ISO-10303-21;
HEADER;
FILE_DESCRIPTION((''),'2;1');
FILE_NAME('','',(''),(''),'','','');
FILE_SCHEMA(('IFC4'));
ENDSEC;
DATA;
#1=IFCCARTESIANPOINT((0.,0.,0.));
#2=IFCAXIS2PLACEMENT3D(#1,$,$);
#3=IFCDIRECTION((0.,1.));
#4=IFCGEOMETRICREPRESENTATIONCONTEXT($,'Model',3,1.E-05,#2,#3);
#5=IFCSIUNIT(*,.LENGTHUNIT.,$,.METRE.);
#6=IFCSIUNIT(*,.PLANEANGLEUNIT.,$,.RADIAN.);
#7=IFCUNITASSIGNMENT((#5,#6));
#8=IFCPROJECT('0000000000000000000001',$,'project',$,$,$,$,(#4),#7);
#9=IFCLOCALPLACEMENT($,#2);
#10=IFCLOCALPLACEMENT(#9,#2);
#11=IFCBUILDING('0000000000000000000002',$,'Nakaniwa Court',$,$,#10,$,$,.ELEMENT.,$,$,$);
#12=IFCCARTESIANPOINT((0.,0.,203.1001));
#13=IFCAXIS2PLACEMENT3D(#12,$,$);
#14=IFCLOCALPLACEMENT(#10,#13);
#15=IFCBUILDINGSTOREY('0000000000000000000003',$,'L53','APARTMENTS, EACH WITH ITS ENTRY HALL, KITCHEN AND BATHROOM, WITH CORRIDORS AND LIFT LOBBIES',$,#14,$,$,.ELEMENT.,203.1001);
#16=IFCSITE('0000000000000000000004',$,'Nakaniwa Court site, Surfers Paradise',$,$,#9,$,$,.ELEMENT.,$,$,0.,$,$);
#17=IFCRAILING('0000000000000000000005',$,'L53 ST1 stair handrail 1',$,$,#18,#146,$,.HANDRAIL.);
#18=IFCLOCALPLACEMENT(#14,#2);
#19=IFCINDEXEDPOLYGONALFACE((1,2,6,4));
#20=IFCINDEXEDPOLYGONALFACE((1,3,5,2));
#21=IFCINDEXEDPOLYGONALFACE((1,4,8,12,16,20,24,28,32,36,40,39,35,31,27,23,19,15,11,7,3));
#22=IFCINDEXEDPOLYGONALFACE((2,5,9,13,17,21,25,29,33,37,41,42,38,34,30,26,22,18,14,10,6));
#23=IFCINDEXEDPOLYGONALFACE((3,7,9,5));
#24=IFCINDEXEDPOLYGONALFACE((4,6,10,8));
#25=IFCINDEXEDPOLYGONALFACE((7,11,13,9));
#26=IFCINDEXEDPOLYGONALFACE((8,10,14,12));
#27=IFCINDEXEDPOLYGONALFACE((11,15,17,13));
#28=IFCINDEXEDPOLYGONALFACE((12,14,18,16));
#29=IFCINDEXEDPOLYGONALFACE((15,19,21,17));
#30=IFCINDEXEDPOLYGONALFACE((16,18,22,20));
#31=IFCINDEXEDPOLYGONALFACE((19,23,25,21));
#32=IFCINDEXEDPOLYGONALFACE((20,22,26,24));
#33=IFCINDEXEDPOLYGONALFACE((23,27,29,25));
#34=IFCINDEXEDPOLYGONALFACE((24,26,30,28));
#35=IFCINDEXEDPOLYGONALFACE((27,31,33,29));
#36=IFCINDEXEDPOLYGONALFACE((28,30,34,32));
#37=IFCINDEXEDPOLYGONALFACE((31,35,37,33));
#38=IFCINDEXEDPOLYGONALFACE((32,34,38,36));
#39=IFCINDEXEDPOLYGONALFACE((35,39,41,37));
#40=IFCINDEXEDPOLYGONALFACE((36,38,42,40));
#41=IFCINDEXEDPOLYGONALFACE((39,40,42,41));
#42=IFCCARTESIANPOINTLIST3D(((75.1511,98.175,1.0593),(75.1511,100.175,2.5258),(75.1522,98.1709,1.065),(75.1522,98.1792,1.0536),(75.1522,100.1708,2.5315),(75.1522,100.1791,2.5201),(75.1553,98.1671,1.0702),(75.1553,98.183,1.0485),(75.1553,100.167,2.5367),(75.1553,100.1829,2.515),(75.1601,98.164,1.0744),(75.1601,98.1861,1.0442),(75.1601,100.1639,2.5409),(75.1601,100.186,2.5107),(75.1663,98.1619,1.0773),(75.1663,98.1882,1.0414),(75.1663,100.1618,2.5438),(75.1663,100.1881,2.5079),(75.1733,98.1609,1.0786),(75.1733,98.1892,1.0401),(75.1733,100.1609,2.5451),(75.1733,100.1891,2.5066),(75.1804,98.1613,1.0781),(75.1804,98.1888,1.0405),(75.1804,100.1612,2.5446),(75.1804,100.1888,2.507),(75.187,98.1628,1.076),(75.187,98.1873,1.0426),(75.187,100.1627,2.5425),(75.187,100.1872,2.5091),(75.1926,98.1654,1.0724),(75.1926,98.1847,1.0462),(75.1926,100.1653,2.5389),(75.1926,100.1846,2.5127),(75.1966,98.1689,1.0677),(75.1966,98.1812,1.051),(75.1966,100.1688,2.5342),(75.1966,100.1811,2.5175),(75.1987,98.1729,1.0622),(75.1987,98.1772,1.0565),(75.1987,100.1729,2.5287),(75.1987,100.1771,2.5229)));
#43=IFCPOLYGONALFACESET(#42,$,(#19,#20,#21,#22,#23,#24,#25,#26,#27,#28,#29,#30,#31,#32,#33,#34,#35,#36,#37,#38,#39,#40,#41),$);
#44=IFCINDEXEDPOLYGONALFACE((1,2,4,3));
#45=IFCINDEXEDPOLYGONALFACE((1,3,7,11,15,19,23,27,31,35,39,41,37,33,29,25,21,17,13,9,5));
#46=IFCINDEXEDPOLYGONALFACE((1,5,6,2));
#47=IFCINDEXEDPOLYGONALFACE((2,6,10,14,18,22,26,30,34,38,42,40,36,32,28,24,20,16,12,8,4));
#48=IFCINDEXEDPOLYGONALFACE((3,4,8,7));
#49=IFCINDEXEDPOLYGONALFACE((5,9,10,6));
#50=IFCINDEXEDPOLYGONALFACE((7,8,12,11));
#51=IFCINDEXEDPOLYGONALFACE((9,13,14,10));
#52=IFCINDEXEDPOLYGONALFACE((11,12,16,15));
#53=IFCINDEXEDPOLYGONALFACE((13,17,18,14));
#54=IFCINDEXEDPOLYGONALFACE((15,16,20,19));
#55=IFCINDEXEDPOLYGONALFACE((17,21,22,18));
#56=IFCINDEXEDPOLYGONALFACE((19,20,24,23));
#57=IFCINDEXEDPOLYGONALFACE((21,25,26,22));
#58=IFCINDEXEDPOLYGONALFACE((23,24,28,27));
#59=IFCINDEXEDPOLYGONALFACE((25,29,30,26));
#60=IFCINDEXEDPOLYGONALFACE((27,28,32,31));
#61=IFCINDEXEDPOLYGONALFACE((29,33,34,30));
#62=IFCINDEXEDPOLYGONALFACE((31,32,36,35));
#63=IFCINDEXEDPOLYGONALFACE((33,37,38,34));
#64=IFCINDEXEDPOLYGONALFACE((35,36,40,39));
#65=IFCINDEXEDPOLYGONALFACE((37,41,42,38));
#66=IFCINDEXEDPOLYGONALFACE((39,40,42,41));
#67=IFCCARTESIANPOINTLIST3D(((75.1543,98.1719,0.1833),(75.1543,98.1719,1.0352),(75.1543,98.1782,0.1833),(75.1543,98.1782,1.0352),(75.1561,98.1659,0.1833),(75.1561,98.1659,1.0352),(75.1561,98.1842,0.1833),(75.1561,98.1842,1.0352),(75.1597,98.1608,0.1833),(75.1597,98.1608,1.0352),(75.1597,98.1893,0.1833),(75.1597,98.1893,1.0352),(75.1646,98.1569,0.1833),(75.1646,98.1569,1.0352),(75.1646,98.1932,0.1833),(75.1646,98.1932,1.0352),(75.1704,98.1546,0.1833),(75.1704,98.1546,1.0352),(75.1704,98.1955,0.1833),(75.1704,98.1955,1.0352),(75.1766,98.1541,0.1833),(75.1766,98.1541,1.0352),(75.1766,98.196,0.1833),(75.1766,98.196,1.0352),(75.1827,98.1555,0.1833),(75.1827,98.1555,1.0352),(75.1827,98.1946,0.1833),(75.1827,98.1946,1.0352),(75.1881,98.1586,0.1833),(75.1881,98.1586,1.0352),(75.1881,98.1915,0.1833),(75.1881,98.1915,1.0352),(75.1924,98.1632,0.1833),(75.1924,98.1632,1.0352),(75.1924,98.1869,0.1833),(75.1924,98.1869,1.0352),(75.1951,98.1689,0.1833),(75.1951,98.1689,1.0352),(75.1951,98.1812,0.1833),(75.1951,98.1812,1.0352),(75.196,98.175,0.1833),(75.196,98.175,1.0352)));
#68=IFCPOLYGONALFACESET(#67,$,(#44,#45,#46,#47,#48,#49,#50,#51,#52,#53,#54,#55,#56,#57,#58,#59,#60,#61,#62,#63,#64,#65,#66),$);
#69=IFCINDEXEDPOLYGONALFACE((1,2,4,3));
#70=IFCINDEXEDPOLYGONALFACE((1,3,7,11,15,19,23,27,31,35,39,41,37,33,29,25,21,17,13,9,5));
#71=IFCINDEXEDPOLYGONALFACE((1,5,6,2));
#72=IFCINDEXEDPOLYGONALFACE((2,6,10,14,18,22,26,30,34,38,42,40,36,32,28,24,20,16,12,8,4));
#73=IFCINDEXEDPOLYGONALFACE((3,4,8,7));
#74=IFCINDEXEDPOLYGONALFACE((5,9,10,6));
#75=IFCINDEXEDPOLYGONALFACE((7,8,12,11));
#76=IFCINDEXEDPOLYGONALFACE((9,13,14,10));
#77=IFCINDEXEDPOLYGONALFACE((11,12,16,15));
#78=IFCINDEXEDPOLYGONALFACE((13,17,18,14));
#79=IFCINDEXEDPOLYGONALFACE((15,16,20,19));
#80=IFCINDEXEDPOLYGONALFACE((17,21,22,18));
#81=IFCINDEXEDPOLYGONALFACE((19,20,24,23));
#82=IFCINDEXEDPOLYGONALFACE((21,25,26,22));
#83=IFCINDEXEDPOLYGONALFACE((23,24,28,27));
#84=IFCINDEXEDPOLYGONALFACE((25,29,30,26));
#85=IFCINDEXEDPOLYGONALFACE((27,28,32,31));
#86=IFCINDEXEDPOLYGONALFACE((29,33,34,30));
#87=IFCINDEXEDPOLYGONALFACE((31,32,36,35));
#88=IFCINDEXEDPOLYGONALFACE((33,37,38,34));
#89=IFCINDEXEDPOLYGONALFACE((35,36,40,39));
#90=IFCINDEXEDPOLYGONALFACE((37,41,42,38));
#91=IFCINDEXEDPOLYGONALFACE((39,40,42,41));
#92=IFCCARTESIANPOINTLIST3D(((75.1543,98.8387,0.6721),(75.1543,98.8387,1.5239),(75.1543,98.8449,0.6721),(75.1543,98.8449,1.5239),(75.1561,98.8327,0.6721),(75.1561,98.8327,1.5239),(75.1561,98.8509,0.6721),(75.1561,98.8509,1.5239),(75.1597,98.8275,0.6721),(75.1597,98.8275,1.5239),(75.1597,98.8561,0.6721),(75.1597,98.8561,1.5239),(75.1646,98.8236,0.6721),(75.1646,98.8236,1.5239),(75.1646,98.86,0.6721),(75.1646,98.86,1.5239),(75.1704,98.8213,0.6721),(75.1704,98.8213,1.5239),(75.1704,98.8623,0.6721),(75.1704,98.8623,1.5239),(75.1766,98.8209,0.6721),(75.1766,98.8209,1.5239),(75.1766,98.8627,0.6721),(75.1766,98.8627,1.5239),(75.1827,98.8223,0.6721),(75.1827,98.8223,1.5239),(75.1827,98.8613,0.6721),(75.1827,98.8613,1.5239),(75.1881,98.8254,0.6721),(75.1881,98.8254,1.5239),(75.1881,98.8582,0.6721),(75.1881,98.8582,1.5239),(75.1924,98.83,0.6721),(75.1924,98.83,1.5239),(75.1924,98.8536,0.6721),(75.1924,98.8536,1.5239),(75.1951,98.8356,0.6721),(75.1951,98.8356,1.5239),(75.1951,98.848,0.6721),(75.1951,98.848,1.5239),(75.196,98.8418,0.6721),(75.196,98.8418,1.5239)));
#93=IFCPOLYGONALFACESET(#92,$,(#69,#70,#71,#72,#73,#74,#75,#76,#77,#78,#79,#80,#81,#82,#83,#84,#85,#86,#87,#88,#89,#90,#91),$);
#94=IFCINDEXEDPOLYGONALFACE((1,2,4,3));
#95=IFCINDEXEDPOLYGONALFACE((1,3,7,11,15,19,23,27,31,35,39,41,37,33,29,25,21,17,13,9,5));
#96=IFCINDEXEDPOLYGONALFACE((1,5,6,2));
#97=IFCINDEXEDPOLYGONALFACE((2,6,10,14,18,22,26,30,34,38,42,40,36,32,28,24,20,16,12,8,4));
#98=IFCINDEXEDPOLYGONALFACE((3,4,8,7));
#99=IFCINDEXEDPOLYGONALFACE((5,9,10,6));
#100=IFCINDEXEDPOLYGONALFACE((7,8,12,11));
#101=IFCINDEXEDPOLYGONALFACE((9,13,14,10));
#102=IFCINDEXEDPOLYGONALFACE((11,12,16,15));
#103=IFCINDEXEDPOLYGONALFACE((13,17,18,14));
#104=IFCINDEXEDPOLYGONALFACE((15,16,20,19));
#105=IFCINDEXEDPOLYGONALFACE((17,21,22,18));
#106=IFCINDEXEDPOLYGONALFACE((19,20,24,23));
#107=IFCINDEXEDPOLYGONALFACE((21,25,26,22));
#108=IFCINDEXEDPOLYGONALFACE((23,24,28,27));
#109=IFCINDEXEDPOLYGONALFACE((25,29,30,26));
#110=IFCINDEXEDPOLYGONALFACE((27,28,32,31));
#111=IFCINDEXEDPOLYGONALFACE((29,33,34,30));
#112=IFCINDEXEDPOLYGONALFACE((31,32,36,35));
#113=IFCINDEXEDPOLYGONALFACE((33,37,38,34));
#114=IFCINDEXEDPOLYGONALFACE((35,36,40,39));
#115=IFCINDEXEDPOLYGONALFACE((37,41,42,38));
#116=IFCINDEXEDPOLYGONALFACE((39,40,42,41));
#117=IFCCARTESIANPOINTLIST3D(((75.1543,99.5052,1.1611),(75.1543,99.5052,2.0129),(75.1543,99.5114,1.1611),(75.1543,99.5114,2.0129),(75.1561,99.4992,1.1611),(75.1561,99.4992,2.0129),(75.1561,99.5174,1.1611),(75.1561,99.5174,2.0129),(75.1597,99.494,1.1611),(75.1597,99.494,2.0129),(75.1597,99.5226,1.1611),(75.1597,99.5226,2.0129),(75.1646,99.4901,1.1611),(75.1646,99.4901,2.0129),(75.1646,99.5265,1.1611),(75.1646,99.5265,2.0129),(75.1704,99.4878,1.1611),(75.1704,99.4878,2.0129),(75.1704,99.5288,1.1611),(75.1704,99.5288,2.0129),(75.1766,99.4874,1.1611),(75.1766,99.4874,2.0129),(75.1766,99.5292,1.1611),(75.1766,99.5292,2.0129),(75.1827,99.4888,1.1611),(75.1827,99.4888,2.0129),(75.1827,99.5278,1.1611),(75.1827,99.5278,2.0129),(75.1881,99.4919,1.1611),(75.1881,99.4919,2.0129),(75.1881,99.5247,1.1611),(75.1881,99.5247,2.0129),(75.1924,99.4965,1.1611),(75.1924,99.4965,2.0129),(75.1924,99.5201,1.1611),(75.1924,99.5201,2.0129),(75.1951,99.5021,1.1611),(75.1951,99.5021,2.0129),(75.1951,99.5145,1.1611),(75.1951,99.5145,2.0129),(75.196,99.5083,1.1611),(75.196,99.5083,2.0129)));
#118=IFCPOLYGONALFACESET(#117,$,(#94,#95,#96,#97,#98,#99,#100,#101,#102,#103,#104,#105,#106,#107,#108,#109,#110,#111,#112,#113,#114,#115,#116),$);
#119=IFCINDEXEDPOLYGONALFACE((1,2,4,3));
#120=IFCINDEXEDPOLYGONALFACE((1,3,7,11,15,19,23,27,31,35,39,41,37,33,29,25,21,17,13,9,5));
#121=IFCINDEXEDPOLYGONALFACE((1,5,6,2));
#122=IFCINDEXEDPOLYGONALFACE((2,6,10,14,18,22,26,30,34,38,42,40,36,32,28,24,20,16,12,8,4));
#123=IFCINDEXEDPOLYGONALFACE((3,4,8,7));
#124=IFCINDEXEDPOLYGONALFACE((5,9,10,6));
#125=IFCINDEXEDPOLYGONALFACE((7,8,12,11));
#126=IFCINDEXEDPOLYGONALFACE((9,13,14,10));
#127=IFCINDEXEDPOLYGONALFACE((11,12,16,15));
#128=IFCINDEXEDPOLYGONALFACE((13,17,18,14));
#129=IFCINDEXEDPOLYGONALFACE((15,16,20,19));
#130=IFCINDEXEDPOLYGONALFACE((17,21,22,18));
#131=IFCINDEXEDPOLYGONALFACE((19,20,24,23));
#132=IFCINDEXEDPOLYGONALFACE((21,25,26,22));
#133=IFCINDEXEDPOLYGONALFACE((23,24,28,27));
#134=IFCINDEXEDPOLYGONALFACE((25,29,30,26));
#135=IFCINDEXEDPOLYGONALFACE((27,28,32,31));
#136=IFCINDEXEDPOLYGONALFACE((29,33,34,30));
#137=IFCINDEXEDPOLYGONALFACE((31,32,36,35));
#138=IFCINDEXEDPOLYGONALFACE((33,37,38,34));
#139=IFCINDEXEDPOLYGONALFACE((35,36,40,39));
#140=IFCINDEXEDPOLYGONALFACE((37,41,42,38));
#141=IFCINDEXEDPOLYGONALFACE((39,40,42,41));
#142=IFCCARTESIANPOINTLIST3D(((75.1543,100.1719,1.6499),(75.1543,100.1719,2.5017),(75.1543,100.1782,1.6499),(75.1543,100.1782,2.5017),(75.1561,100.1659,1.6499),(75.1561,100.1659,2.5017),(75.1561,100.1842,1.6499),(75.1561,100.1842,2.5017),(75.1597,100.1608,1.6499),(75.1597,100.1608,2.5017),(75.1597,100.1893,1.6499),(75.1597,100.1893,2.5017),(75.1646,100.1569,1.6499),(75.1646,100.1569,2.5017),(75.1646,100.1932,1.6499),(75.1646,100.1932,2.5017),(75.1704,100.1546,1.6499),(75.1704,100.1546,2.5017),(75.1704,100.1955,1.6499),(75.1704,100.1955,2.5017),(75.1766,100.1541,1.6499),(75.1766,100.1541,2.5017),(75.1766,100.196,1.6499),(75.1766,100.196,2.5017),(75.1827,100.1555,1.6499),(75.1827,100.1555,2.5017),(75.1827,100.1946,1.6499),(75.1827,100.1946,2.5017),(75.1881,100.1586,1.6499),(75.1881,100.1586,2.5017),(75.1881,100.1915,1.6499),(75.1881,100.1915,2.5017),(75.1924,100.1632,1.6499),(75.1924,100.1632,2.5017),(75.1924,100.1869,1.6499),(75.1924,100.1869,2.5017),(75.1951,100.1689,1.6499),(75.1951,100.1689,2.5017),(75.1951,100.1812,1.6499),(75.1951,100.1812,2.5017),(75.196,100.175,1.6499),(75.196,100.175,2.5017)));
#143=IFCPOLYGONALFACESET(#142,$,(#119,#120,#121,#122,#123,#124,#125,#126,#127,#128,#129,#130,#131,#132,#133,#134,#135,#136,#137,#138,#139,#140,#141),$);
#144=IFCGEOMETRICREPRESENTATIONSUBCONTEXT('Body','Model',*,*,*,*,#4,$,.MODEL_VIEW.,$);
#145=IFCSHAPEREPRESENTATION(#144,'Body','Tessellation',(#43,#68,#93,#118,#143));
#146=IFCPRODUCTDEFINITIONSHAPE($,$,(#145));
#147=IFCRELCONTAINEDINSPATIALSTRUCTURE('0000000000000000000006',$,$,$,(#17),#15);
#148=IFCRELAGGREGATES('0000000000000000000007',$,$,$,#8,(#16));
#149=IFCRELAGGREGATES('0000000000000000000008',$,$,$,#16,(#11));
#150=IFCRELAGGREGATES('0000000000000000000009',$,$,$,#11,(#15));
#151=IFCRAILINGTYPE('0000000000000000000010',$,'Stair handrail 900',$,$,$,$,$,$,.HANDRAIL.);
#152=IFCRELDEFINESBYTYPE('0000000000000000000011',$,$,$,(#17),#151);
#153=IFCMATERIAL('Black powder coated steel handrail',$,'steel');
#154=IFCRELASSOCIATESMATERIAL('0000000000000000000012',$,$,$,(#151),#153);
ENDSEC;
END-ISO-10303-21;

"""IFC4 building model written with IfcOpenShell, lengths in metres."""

from ifc_helpers import new_model, si_unit, direction, frame, origin, origin_2d, place, context, subcontext, project, spatial, circle, extrude, material, type_object, element, save


model = new_model("IFC4")

# Units and contexts
model_context = context("Model", 3, precision=1e-05, world=origin(), true_north=direction((0.0, 1.0)))
body_context = subcontext(model_context, "Body", "Model", "MODEL_VIEW")
ifc_project = project(units=[si_unit("LENGTHUNIT", "METRE"), si_unit("PLANEANGLEUNIT", "RADIAN")], contexts=[model_context])

# Site, building, storey
site_placement = place(None, origin())
site = spatial("IfcSite", under=ifc_project, at=site_placement, Name="Nakaniwa Court site, Surfers Paradise", CompositionType="ELEMENT", RefElevation=0.0)
building_placement = place(site_placement, origin())
building = spatial("IfcBuilding", under=site, at=building_placement, Name="Nakaniwa Court", CompositionType="ELEMENT")
storey_placement = place(building_placement, frame((0.0, 0.0, 203.1001)))
storey = spatial("IfcBuildingStorey", under=building, at=storey_placement, Name="L53", Description="APARTMENTS, EACH WITH ITS ENTRY HALL, KITCHEN AND BATHROOM, WITH CORRIDORS AND LIFT LOBBIES", CompositionType="ELEMENT", Elevation=203.1001)

# Railing
ifc_material_1 = material(Name="Black powder coated steel handrail", Category="steel")
railing_type_1 = type_object("IfcRailingType", Name="Stair handrail 900", PredefinedType="HANDRAIL", material=ifc_material_1)
railing_1_placement = place(storey_placement, frame((75.175, 98.175, 0.1833)))
element("IfcRailing", 1, at=railing_1_placement, inside=storey, type_object=railing_type_1, Name="L53 ST1 stair handrail 1", PredefinedType="HANDRAIL", context=body_context, shape_type="SweptSolid", body=[
    extrude(circle(Radius=0.0239, at=origin_2d()), frame((0.0, 0.0, 0.876), z_axis=(0.0, 0.806427, 0.591334), x_axis=(-1.0, 0.0, 0.0)), (0.0, 0.0, 1.0), 2.48),
    extrude(circle(Radius=0.021, at=origin_2d()), origin(), (0.0, 0.0, 1.0), 0.8518),
    extrude(circle(Radius=0.021, at=origin_2d()), frame((0.0, 0.6667, 0.4888)), (0.0, 0.0, 1.0), 0.8518),
    extrude(circle(Radius=0.021, at=origin_2d()), frame((0.0, 1.3333, 0.9778)), (0.0, 0.0, 1.0), 0.8518),
    extrude(circle(Radius=0.021, at=origin_2d()), frame((0.0, 2.0, 1.4666)), (0.0, 0.0, 1.0), 0.8518),
])

save(model, "model.ifc")
